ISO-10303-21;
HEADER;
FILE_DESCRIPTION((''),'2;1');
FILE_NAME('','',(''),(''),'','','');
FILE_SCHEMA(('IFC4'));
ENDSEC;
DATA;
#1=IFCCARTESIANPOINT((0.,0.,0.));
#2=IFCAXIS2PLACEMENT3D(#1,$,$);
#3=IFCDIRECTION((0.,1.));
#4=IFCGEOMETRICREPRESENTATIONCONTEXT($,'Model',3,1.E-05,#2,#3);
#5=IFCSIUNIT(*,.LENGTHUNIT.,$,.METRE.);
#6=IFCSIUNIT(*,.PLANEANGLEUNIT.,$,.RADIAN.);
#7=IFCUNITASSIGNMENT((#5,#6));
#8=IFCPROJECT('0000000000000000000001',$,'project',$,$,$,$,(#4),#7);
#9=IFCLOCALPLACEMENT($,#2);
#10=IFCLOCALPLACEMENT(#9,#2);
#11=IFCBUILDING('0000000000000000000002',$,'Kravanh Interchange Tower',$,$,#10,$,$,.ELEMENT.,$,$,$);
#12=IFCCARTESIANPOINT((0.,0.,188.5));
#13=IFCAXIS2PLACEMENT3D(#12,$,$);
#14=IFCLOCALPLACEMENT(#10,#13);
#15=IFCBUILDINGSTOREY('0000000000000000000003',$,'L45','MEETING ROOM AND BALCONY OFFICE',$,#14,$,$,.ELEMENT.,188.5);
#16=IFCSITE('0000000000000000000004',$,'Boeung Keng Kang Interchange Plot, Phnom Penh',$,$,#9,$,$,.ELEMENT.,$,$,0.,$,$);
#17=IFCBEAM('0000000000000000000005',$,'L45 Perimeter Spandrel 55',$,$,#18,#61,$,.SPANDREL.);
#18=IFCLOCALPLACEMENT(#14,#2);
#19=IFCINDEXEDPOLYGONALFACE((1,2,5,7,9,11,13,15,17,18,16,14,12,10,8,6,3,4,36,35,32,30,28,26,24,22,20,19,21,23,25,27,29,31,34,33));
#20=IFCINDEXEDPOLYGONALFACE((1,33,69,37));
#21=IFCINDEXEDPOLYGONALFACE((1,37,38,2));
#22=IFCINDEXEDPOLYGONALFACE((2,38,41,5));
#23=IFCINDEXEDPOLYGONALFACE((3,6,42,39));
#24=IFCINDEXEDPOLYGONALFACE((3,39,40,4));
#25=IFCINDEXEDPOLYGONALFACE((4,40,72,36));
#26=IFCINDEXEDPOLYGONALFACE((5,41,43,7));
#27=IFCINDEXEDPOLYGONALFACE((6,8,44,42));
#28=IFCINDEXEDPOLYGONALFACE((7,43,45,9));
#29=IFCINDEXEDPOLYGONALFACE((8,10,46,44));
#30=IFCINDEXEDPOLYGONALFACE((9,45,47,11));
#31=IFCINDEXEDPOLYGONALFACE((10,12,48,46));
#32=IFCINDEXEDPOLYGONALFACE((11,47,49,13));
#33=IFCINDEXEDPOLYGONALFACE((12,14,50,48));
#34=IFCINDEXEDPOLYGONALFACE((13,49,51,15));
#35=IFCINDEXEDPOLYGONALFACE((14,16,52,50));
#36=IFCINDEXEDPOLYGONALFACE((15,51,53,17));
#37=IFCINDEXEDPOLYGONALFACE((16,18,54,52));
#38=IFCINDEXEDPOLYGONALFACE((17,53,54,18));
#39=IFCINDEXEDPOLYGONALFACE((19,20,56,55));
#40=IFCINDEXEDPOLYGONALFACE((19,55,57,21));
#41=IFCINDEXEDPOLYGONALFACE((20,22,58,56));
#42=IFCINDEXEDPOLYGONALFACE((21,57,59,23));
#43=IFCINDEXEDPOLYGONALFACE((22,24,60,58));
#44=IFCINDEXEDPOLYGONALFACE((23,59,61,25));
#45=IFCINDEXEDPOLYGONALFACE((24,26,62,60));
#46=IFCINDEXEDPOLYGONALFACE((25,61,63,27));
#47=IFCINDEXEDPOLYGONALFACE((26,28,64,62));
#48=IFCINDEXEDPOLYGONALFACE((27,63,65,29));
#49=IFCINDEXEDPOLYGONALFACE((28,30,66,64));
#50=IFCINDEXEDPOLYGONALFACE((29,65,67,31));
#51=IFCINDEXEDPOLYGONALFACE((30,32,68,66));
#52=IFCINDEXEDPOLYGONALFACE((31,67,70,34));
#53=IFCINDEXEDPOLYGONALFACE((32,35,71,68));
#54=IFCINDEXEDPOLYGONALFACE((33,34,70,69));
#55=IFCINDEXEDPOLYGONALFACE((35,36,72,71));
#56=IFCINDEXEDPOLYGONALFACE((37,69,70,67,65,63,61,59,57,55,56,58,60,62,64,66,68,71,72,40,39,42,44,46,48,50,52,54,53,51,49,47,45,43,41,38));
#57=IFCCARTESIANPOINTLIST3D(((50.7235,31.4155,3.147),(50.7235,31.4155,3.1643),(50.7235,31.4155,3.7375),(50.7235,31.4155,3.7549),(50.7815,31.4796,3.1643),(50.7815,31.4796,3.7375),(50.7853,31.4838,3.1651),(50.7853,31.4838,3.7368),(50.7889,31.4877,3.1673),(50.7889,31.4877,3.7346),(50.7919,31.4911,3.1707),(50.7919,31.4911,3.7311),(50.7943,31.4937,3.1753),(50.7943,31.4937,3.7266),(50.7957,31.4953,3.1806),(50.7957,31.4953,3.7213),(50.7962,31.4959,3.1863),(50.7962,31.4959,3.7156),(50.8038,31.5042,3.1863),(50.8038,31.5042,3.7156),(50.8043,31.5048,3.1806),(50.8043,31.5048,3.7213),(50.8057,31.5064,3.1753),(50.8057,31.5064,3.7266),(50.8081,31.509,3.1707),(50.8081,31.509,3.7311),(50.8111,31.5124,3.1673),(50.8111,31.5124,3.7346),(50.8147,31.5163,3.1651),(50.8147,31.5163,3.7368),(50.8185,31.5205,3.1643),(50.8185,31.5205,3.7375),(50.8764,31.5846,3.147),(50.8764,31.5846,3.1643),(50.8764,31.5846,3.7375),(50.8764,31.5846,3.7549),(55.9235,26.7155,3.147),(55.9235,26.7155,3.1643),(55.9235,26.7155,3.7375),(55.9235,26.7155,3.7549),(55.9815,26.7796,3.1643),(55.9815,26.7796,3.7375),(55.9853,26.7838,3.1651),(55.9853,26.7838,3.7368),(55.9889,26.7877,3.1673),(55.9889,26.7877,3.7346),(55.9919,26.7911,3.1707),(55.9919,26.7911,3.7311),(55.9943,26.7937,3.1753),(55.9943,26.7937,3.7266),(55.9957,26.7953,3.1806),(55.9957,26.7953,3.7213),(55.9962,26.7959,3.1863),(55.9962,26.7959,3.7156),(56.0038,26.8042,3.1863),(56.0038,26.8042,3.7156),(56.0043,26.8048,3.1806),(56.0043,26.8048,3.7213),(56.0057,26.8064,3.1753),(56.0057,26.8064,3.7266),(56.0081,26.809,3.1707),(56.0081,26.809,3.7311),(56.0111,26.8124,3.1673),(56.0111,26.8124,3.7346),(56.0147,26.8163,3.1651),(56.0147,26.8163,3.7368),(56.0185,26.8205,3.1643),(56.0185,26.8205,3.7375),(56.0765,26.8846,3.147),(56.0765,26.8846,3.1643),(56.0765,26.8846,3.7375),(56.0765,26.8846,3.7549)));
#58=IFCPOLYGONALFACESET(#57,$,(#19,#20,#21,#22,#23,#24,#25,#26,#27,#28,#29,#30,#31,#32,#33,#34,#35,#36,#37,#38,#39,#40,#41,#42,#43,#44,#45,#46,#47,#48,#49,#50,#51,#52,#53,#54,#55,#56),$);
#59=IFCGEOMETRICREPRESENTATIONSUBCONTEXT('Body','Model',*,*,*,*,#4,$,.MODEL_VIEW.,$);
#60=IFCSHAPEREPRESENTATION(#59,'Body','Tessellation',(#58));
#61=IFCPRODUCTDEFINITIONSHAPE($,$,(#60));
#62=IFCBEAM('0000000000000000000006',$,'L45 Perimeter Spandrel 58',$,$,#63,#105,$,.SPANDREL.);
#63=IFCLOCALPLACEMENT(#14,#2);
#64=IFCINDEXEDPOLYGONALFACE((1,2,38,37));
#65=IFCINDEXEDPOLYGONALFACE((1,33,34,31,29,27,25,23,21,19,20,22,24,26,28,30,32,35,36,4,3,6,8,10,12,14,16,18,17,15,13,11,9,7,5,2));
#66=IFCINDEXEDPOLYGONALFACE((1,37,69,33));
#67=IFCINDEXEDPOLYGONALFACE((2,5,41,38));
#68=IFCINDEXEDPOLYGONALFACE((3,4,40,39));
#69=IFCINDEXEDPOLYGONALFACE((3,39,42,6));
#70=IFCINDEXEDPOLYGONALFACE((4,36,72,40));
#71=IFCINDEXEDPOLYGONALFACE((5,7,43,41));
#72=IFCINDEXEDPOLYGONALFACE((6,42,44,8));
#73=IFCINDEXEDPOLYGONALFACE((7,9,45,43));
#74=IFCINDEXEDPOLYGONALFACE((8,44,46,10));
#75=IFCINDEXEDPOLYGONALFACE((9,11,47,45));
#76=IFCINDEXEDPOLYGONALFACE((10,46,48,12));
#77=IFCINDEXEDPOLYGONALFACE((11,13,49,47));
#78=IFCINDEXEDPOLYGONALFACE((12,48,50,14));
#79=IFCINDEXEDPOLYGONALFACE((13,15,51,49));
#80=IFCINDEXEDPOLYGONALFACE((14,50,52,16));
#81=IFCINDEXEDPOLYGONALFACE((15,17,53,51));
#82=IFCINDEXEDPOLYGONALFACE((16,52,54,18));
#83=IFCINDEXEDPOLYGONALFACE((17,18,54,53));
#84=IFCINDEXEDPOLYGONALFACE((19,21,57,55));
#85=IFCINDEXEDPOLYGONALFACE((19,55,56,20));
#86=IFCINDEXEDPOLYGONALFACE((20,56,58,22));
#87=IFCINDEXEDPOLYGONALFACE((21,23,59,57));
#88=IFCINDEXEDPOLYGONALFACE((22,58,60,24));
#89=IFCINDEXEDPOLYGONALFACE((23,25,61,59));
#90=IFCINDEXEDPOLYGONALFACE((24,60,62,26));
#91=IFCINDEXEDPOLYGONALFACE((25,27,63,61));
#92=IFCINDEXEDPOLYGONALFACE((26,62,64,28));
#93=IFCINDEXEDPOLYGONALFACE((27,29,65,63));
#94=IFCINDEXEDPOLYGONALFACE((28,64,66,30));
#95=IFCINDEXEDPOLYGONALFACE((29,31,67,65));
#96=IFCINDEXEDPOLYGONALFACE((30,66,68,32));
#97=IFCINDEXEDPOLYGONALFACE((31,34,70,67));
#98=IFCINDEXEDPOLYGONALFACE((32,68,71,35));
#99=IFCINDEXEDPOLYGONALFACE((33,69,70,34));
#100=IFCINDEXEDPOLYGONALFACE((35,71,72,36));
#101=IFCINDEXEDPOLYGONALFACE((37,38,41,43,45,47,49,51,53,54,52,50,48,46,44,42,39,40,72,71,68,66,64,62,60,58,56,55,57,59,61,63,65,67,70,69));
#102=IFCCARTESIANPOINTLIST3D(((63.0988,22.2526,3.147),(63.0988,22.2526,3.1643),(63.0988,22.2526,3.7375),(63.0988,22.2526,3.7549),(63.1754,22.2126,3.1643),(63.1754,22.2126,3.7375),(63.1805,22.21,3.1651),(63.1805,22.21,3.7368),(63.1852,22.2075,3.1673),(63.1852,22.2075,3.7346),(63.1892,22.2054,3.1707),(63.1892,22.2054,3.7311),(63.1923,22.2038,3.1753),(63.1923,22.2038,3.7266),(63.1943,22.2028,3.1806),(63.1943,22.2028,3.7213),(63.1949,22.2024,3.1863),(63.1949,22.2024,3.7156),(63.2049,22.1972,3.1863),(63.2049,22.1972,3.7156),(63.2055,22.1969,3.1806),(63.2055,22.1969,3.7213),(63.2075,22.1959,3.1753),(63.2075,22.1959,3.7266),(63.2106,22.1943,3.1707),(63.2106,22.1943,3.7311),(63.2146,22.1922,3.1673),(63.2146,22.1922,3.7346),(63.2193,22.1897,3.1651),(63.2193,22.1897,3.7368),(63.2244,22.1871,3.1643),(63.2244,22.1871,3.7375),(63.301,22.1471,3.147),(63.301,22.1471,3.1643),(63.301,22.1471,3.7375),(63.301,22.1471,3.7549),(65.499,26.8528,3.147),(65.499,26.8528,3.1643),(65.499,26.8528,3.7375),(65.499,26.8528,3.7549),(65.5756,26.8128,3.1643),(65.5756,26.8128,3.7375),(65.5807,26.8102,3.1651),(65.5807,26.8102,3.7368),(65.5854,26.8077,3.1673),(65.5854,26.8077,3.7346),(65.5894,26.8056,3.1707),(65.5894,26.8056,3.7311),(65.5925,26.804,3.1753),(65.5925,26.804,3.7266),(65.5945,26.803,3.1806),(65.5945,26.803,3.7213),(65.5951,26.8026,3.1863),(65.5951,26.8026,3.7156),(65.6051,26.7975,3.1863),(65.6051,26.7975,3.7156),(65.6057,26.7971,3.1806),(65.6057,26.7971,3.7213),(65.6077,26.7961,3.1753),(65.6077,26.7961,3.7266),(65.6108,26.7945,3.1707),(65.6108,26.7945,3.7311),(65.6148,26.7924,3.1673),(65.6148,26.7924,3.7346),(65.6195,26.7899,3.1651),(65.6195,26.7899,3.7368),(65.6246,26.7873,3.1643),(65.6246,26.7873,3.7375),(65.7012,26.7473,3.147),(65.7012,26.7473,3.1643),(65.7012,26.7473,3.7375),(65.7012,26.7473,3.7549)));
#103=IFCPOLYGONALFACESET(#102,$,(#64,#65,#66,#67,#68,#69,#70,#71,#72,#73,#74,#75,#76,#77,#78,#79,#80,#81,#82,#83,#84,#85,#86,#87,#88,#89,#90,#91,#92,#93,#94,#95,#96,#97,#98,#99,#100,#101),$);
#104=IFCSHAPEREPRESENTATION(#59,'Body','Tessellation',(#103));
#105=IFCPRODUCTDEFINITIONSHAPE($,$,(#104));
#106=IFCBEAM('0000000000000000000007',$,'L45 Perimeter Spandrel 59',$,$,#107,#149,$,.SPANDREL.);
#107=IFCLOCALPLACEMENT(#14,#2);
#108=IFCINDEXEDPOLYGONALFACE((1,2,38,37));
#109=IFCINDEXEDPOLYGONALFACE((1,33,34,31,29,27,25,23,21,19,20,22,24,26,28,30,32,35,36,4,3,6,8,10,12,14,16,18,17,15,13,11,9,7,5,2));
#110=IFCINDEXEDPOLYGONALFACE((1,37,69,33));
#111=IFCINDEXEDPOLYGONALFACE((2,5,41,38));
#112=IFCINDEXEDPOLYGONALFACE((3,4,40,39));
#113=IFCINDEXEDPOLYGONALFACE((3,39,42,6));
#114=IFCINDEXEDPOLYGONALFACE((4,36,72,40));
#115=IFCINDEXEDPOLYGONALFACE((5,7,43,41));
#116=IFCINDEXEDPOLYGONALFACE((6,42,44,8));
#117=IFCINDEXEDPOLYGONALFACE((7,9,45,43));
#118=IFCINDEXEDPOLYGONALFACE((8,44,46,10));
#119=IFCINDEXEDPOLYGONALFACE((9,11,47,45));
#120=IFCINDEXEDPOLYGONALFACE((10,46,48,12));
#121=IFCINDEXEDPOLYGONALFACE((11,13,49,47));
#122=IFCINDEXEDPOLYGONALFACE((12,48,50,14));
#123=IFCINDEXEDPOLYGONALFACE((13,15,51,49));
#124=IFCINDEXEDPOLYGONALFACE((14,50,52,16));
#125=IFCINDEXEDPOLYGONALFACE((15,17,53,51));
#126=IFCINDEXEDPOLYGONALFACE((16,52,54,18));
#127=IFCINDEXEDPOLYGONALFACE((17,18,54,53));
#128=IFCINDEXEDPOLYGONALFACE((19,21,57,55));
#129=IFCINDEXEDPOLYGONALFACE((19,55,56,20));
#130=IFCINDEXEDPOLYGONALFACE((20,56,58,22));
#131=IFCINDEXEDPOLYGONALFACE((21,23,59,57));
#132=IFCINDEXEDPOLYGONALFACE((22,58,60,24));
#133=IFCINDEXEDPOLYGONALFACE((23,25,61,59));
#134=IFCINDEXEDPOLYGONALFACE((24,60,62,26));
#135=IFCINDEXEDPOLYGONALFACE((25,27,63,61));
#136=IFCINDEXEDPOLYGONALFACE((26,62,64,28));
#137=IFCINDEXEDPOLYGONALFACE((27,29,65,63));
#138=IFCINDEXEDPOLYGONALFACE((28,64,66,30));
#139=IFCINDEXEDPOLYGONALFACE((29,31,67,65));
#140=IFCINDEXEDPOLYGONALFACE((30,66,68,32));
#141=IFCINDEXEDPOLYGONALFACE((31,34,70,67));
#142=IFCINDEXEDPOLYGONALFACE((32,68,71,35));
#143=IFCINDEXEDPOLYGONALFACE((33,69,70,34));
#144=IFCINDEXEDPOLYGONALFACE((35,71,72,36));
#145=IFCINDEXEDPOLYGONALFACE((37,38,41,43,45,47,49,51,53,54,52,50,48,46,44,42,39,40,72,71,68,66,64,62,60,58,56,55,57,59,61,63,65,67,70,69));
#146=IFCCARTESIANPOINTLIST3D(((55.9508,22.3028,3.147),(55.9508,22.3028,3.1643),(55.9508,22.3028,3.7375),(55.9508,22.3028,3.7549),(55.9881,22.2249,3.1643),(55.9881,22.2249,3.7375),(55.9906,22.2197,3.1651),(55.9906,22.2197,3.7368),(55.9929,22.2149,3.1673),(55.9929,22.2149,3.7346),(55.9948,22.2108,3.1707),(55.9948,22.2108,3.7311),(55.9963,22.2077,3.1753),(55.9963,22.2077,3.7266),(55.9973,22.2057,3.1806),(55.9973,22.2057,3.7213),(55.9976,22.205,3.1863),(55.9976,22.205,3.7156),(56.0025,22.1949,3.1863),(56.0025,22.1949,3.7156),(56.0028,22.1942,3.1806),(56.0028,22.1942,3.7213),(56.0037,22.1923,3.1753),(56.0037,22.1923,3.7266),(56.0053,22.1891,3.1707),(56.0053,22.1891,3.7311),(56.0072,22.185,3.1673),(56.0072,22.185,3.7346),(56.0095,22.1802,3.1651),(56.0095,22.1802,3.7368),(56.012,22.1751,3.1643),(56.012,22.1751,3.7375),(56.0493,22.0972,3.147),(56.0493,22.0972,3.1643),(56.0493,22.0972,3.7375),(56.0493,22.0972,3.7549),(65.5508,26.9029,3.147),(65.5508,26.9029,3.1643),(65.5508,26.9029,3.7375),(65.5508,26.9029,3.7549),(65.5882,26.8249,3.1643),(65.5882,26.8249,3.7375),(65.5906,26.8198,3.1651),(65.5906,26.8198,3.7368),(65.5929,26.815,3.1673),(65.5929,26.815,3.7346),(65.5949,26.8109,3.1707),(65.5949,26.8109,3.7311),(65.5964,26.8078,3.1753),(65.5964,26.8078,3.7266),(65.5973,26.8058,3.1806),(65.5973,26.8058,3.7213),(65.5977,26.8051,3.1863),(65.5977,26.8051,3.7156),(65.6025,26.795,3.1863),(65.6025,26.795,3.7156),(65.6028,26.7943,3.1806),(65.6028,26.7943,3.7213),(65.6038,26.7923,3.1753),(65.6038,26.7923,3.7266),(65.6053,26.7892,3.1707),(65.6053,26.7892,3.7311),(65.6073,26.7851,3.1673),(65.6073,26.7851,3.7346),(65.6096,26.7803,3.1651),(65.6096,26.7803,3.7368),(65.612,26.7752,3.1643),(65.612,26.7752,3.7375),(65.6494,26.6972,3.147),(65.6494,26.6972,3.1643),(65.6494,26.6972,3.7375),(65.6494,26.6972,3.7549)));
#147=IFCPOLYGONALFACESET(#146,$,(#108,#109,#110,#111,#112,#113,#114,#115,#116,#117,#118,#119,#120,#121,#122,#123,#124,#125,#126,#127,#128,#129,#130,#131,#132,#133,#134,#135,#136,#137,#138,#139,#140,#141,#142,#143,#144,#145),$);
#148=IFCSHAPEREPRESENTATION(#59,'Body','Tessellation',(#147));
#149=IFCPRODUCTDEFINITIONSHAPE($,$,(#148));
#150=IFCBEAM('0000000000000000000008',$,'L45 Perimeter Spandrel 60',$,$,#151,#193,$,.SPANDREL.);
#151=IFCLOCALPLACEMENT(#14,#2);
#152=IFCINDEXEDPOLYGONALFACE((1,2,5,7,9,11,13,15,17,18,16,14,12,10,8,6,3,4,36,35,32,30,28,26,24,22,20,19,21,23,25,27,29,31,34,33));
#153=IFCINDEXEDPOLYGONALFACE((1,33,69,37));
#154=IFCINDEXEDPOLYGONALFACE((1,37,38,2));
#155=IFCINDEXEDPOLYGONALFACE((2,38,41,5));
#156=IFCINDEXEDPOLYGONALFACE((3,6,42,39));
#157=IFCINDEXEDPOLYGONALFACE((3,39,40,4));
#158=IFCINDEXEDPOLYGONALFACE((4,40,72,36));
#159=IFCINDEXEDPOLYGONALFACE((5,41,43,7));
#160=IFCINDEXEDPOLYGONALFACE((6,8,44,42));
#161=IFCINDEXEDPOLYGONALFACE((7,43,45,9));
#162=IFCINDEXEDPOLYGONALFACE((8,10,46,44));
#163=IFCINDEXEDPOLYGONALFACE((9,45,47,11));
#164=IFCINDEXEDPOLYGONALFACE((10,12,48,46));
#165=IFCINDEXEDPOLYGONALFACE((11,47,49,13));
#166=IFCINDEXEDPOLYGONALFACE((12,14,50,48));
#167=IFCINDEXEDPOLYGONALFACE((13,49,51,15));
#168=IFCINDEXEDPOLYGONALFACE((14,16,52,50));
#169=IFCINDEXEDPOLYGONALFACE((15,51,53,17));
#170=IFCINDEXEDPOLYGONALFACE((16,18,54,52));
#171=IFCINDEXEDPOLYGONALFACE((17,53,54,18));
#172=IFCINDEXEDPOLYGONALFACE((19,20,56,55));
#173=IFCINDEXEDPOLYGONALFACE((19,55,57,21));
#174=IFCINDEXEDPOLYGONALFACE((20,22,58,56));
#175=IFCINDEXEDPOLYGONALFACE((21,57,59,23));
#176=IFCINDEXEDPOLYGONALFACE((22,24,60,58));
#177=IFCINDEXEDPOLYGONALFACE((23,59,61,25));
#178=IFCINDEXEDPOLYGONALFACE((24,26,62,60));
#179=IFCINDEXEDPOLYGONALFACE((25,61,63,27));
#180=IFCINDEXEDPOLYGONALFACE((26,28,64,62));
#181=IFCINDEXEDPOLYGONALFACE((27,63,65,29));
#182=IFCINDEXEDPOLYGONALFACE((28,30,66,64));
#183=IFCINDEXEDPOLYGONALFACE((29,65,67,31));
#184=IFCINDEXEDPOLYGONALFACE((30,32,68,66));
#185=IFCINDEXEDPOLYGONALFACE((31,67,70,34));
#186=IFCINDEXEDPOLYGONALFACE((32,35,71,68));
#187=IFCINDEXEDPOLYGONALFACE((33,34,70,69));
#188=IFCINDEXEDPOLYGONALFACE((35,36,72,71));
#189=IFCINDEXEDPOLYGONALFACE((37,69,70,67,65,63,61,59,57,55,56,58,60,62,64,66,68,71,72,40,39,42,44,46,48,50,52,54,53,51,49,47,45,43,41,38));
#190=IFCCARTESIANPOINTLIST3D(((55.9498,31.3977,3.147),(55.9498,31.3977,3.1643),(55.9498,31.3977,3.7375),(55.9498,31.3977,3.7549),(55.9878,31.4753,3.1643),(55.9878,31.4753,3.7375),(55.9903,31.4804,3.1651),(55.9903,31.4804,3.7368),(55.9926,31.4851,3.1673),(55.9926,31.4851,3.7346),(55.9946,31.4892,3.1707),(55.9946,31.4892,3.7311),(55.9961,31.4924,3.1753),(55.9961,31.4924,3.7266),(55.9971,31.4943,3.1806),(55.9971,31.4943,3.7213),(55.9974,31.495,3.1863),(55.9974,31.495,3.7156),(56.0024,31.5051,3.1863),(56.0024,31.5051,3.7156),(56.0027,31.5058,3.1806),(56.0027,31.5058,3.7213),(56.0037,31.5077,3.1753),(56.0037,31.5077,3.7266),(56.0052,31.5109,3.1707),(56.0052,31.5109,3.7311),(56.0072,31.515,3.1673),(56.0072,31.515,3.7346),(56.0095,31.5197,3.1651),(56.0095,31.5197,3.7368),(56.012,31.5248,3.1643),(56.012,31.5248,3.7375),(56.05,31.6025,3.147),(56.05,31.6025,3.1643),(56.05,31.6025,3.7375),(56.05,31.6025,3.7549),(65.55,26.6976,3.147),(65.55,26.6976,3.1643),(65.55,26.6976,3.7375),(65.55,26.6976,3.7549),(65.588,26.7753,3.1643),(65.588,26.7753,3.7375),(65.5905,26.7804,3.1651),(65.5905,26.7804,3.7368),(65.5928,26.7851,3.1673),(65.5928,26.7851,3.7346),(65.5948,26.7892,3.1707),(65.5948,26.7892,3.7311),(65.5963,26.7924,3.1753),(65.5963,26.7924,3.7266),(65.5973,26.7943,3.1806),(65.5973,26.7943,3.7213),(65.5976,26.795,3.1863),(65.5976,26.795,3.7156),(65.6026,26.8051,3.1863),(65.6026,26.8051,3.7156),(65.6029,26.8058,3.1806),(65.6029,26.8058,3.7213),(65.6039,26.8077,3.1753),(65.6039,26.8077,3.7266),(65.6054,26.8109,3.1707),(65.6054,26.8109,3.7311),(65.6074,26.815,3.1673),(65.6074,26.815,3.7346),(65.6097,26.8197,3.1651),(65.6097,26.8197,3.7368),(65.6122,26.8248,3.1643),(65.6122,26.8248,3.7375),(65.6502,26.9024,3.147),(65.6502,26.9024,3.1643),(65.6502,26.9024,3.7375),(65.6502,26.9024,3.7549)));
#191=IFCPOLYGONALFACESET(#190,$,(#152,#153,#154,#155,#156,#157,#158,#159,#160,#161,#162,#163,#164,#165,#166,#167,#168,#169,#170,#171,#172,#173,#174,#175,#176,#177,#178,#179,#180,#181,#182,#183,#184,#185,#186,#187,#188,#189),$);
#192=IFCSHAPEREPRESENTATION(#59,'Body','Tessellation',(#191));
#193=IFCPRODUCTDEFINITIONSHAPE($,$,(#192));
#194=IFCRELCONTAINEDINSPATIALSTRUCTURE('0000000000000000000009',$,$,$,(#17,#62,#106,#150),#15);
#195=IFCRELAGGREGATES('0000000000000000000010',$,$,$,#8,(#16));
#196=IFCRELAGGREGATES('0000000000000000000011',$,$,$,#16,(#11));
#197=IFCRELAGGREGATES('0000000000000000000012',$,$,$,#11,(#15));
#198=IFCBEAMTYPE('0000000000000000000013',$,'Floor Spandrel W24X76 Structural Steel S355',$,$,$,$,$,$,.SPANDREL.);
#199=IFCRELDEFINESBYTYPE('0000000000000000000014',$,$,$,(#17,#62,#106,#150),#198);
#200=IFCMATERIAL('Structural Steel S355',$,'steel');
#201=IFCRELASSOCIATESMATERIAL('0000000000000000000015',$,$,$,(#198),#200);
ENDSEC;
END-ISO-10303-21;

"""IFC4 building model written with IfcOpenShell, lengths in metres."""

from ifc_helpers import new_model, si_unit, direction, frame, origin, origin_2d, place, context, subcontext, project, spatial, i_section, extrude, material, material_profile, profile_set, type_object, element, save


model = new_model("IFC4")

# Units and contexts
model_context = context("Model", 3, precision=1e-05, world=origin(), true_north=direction((0.0, 1.0)))
body_context = subcontext(model_context, "Body", "Model", "MODEL_VIEW")
ifc_project = project(units=[si_unit("LENGTHUNIT", "METRE"), si_unit("PLANEANGLEUNIT", "RADIAN")], contexts=[model_context])

# Site, building, storey
site_placement = place(None, origin())
site = spatial("IfcSite", under=ifc_project, at=site_placement, Name="Boeung Keng Kang Interchange Plot, Phnom Penh", CompositionType="ELEMENT", RefElevation=0.0)
building_placement = place(site_placement, origin())
building = spatial("IfcBuilding", under=site, at=building_placement, Name="Kravanh Interchange Tower", CompositionType="ELEMENT")
storey_placement = place(building_placement, frame((0.0, 0.0, 188.5)))
storey = spatial("IfcBuildingStorey", under=building, at=storey_placement, Name="L45", Description="MEETING ROOM AND BALCONY OFFICE", CompositionType="ELEMENT", Elevation=188.5)

# Beams
ifc_material_1 = material(Name="Structural Steel S355", Category="steel")
ifc_material_profile_1 = material_profile(ifc_material_1, i_section(OverallWidth=0.228, OverallDepth=0.6079, WebThickness=0.0112, FlangeThickness=0.0173, FilletRadius=0.022, at=origin_2d()), Name="W24X76")
ifc_profile_set_1 = profile_set([ifc_material_profile_1], Name="Structural Steel S355")
beam_type_1 = type_object("IfcBeamType", Name="Floor Spandrel W24X76 Structural Steel S355", PredefinedType="SPANDREL", material=ifc_profile_set_1)
beam_1_placement = place(storey_placement, frame((56.0, 26.8, 3.4509), z_axis=(-0.741874, 0.670539, 0.0), x_axis=(-0.670539, -0.741874, 0.0)))
element("IfcBeam", 1, at=beam_1_placement, inside=storey, type_object=beam_type_1, Name="L45 Perimeter Spandrel 55", PredefinedType="SPANDREL", context=body_context, shape_type="SweptSolid", body=[
    extrude(i_section(OverallWidth=0.228, OverallDepth=0.6079, WebThickness=0.0112, FlangeThickness=0.0173, FilletRadius=0.022, at=origin_2d()), origin(), (0.0, 0.0, 1.0), 7.0093),
])
beam_2_placement = place(storey_placement, frame((65.6001, 26.8, 3.4509), z_axis=(-0.46258, -0.886577, 0.0), x_axis=(0.886577, -0.46258, 0.0)))
element("IfcBeam", 2, at=beam_2_placement, inside=storey, type_object=beam_type_1, Name="L45 Perimeter Spandrel 58", PredefinedType="SPANDREL", context=body_context, shape_type="SweptSolid", body=[
    extrude(i_section(OverallWidth=0.228, OverallDepth=0.6079, WebThickness=0.0112, FlangeThickness=0.0173, FilletRadius=0.022, at=origin_2d()), origin(), (0.0, 0.0, 1.0), 5.1887),
])
beam_3_placement = place(storey_placement, frame((65.6001, 26.8, 3.4509), z_axis=(-0.901814, -0.432124, 0.0), x_axis=(0.432124, -0.901814, 0.0)))
element("IfcBeam", 3, at=beam_3_placement, inside=storey, type_object=beam_type_1, Name="L45 Perimeter Spandrel 59", PredefinedType="SPANDREL", context=body_context, shape_type="SweptSolid", body=[
    extrude(i_section(OverallWidth=0.228, OverallDepth=0.6079, WebThickness=0.0112, FlangeThickness=0.0173, FilletRadius=0.022, at=origin_2d()), origin(), (0.0, 0.0, 1.0), 10.6453),
])
beam_4_placement = place(storey_placement, frame((65.6001, 26.8, 3.4509), z_axis=(-0.898142, 0.439706, 0.0), x_axis=(-0.439706, -0.898142, 0.0)))
element("IfcBeam", 4, at=beam_4_placement, inside=storey, type_object=beam_type_1, Name="L45 Perimeter Spandrel 60", PredefinedType="SPANDREL", context=body_context, shape_type="SweptSolid", body=[
    extrude(i_section(OverallWidth=0.228, OverallDepth=0.6079, WebThickness=0.0112, FlangeThickness=0.0173, FilletRadius=0.022, at=origin_2d()), origin(), (0.0, 0.0, 1.0), 10.689),
])

save(model, "model.ifc")
